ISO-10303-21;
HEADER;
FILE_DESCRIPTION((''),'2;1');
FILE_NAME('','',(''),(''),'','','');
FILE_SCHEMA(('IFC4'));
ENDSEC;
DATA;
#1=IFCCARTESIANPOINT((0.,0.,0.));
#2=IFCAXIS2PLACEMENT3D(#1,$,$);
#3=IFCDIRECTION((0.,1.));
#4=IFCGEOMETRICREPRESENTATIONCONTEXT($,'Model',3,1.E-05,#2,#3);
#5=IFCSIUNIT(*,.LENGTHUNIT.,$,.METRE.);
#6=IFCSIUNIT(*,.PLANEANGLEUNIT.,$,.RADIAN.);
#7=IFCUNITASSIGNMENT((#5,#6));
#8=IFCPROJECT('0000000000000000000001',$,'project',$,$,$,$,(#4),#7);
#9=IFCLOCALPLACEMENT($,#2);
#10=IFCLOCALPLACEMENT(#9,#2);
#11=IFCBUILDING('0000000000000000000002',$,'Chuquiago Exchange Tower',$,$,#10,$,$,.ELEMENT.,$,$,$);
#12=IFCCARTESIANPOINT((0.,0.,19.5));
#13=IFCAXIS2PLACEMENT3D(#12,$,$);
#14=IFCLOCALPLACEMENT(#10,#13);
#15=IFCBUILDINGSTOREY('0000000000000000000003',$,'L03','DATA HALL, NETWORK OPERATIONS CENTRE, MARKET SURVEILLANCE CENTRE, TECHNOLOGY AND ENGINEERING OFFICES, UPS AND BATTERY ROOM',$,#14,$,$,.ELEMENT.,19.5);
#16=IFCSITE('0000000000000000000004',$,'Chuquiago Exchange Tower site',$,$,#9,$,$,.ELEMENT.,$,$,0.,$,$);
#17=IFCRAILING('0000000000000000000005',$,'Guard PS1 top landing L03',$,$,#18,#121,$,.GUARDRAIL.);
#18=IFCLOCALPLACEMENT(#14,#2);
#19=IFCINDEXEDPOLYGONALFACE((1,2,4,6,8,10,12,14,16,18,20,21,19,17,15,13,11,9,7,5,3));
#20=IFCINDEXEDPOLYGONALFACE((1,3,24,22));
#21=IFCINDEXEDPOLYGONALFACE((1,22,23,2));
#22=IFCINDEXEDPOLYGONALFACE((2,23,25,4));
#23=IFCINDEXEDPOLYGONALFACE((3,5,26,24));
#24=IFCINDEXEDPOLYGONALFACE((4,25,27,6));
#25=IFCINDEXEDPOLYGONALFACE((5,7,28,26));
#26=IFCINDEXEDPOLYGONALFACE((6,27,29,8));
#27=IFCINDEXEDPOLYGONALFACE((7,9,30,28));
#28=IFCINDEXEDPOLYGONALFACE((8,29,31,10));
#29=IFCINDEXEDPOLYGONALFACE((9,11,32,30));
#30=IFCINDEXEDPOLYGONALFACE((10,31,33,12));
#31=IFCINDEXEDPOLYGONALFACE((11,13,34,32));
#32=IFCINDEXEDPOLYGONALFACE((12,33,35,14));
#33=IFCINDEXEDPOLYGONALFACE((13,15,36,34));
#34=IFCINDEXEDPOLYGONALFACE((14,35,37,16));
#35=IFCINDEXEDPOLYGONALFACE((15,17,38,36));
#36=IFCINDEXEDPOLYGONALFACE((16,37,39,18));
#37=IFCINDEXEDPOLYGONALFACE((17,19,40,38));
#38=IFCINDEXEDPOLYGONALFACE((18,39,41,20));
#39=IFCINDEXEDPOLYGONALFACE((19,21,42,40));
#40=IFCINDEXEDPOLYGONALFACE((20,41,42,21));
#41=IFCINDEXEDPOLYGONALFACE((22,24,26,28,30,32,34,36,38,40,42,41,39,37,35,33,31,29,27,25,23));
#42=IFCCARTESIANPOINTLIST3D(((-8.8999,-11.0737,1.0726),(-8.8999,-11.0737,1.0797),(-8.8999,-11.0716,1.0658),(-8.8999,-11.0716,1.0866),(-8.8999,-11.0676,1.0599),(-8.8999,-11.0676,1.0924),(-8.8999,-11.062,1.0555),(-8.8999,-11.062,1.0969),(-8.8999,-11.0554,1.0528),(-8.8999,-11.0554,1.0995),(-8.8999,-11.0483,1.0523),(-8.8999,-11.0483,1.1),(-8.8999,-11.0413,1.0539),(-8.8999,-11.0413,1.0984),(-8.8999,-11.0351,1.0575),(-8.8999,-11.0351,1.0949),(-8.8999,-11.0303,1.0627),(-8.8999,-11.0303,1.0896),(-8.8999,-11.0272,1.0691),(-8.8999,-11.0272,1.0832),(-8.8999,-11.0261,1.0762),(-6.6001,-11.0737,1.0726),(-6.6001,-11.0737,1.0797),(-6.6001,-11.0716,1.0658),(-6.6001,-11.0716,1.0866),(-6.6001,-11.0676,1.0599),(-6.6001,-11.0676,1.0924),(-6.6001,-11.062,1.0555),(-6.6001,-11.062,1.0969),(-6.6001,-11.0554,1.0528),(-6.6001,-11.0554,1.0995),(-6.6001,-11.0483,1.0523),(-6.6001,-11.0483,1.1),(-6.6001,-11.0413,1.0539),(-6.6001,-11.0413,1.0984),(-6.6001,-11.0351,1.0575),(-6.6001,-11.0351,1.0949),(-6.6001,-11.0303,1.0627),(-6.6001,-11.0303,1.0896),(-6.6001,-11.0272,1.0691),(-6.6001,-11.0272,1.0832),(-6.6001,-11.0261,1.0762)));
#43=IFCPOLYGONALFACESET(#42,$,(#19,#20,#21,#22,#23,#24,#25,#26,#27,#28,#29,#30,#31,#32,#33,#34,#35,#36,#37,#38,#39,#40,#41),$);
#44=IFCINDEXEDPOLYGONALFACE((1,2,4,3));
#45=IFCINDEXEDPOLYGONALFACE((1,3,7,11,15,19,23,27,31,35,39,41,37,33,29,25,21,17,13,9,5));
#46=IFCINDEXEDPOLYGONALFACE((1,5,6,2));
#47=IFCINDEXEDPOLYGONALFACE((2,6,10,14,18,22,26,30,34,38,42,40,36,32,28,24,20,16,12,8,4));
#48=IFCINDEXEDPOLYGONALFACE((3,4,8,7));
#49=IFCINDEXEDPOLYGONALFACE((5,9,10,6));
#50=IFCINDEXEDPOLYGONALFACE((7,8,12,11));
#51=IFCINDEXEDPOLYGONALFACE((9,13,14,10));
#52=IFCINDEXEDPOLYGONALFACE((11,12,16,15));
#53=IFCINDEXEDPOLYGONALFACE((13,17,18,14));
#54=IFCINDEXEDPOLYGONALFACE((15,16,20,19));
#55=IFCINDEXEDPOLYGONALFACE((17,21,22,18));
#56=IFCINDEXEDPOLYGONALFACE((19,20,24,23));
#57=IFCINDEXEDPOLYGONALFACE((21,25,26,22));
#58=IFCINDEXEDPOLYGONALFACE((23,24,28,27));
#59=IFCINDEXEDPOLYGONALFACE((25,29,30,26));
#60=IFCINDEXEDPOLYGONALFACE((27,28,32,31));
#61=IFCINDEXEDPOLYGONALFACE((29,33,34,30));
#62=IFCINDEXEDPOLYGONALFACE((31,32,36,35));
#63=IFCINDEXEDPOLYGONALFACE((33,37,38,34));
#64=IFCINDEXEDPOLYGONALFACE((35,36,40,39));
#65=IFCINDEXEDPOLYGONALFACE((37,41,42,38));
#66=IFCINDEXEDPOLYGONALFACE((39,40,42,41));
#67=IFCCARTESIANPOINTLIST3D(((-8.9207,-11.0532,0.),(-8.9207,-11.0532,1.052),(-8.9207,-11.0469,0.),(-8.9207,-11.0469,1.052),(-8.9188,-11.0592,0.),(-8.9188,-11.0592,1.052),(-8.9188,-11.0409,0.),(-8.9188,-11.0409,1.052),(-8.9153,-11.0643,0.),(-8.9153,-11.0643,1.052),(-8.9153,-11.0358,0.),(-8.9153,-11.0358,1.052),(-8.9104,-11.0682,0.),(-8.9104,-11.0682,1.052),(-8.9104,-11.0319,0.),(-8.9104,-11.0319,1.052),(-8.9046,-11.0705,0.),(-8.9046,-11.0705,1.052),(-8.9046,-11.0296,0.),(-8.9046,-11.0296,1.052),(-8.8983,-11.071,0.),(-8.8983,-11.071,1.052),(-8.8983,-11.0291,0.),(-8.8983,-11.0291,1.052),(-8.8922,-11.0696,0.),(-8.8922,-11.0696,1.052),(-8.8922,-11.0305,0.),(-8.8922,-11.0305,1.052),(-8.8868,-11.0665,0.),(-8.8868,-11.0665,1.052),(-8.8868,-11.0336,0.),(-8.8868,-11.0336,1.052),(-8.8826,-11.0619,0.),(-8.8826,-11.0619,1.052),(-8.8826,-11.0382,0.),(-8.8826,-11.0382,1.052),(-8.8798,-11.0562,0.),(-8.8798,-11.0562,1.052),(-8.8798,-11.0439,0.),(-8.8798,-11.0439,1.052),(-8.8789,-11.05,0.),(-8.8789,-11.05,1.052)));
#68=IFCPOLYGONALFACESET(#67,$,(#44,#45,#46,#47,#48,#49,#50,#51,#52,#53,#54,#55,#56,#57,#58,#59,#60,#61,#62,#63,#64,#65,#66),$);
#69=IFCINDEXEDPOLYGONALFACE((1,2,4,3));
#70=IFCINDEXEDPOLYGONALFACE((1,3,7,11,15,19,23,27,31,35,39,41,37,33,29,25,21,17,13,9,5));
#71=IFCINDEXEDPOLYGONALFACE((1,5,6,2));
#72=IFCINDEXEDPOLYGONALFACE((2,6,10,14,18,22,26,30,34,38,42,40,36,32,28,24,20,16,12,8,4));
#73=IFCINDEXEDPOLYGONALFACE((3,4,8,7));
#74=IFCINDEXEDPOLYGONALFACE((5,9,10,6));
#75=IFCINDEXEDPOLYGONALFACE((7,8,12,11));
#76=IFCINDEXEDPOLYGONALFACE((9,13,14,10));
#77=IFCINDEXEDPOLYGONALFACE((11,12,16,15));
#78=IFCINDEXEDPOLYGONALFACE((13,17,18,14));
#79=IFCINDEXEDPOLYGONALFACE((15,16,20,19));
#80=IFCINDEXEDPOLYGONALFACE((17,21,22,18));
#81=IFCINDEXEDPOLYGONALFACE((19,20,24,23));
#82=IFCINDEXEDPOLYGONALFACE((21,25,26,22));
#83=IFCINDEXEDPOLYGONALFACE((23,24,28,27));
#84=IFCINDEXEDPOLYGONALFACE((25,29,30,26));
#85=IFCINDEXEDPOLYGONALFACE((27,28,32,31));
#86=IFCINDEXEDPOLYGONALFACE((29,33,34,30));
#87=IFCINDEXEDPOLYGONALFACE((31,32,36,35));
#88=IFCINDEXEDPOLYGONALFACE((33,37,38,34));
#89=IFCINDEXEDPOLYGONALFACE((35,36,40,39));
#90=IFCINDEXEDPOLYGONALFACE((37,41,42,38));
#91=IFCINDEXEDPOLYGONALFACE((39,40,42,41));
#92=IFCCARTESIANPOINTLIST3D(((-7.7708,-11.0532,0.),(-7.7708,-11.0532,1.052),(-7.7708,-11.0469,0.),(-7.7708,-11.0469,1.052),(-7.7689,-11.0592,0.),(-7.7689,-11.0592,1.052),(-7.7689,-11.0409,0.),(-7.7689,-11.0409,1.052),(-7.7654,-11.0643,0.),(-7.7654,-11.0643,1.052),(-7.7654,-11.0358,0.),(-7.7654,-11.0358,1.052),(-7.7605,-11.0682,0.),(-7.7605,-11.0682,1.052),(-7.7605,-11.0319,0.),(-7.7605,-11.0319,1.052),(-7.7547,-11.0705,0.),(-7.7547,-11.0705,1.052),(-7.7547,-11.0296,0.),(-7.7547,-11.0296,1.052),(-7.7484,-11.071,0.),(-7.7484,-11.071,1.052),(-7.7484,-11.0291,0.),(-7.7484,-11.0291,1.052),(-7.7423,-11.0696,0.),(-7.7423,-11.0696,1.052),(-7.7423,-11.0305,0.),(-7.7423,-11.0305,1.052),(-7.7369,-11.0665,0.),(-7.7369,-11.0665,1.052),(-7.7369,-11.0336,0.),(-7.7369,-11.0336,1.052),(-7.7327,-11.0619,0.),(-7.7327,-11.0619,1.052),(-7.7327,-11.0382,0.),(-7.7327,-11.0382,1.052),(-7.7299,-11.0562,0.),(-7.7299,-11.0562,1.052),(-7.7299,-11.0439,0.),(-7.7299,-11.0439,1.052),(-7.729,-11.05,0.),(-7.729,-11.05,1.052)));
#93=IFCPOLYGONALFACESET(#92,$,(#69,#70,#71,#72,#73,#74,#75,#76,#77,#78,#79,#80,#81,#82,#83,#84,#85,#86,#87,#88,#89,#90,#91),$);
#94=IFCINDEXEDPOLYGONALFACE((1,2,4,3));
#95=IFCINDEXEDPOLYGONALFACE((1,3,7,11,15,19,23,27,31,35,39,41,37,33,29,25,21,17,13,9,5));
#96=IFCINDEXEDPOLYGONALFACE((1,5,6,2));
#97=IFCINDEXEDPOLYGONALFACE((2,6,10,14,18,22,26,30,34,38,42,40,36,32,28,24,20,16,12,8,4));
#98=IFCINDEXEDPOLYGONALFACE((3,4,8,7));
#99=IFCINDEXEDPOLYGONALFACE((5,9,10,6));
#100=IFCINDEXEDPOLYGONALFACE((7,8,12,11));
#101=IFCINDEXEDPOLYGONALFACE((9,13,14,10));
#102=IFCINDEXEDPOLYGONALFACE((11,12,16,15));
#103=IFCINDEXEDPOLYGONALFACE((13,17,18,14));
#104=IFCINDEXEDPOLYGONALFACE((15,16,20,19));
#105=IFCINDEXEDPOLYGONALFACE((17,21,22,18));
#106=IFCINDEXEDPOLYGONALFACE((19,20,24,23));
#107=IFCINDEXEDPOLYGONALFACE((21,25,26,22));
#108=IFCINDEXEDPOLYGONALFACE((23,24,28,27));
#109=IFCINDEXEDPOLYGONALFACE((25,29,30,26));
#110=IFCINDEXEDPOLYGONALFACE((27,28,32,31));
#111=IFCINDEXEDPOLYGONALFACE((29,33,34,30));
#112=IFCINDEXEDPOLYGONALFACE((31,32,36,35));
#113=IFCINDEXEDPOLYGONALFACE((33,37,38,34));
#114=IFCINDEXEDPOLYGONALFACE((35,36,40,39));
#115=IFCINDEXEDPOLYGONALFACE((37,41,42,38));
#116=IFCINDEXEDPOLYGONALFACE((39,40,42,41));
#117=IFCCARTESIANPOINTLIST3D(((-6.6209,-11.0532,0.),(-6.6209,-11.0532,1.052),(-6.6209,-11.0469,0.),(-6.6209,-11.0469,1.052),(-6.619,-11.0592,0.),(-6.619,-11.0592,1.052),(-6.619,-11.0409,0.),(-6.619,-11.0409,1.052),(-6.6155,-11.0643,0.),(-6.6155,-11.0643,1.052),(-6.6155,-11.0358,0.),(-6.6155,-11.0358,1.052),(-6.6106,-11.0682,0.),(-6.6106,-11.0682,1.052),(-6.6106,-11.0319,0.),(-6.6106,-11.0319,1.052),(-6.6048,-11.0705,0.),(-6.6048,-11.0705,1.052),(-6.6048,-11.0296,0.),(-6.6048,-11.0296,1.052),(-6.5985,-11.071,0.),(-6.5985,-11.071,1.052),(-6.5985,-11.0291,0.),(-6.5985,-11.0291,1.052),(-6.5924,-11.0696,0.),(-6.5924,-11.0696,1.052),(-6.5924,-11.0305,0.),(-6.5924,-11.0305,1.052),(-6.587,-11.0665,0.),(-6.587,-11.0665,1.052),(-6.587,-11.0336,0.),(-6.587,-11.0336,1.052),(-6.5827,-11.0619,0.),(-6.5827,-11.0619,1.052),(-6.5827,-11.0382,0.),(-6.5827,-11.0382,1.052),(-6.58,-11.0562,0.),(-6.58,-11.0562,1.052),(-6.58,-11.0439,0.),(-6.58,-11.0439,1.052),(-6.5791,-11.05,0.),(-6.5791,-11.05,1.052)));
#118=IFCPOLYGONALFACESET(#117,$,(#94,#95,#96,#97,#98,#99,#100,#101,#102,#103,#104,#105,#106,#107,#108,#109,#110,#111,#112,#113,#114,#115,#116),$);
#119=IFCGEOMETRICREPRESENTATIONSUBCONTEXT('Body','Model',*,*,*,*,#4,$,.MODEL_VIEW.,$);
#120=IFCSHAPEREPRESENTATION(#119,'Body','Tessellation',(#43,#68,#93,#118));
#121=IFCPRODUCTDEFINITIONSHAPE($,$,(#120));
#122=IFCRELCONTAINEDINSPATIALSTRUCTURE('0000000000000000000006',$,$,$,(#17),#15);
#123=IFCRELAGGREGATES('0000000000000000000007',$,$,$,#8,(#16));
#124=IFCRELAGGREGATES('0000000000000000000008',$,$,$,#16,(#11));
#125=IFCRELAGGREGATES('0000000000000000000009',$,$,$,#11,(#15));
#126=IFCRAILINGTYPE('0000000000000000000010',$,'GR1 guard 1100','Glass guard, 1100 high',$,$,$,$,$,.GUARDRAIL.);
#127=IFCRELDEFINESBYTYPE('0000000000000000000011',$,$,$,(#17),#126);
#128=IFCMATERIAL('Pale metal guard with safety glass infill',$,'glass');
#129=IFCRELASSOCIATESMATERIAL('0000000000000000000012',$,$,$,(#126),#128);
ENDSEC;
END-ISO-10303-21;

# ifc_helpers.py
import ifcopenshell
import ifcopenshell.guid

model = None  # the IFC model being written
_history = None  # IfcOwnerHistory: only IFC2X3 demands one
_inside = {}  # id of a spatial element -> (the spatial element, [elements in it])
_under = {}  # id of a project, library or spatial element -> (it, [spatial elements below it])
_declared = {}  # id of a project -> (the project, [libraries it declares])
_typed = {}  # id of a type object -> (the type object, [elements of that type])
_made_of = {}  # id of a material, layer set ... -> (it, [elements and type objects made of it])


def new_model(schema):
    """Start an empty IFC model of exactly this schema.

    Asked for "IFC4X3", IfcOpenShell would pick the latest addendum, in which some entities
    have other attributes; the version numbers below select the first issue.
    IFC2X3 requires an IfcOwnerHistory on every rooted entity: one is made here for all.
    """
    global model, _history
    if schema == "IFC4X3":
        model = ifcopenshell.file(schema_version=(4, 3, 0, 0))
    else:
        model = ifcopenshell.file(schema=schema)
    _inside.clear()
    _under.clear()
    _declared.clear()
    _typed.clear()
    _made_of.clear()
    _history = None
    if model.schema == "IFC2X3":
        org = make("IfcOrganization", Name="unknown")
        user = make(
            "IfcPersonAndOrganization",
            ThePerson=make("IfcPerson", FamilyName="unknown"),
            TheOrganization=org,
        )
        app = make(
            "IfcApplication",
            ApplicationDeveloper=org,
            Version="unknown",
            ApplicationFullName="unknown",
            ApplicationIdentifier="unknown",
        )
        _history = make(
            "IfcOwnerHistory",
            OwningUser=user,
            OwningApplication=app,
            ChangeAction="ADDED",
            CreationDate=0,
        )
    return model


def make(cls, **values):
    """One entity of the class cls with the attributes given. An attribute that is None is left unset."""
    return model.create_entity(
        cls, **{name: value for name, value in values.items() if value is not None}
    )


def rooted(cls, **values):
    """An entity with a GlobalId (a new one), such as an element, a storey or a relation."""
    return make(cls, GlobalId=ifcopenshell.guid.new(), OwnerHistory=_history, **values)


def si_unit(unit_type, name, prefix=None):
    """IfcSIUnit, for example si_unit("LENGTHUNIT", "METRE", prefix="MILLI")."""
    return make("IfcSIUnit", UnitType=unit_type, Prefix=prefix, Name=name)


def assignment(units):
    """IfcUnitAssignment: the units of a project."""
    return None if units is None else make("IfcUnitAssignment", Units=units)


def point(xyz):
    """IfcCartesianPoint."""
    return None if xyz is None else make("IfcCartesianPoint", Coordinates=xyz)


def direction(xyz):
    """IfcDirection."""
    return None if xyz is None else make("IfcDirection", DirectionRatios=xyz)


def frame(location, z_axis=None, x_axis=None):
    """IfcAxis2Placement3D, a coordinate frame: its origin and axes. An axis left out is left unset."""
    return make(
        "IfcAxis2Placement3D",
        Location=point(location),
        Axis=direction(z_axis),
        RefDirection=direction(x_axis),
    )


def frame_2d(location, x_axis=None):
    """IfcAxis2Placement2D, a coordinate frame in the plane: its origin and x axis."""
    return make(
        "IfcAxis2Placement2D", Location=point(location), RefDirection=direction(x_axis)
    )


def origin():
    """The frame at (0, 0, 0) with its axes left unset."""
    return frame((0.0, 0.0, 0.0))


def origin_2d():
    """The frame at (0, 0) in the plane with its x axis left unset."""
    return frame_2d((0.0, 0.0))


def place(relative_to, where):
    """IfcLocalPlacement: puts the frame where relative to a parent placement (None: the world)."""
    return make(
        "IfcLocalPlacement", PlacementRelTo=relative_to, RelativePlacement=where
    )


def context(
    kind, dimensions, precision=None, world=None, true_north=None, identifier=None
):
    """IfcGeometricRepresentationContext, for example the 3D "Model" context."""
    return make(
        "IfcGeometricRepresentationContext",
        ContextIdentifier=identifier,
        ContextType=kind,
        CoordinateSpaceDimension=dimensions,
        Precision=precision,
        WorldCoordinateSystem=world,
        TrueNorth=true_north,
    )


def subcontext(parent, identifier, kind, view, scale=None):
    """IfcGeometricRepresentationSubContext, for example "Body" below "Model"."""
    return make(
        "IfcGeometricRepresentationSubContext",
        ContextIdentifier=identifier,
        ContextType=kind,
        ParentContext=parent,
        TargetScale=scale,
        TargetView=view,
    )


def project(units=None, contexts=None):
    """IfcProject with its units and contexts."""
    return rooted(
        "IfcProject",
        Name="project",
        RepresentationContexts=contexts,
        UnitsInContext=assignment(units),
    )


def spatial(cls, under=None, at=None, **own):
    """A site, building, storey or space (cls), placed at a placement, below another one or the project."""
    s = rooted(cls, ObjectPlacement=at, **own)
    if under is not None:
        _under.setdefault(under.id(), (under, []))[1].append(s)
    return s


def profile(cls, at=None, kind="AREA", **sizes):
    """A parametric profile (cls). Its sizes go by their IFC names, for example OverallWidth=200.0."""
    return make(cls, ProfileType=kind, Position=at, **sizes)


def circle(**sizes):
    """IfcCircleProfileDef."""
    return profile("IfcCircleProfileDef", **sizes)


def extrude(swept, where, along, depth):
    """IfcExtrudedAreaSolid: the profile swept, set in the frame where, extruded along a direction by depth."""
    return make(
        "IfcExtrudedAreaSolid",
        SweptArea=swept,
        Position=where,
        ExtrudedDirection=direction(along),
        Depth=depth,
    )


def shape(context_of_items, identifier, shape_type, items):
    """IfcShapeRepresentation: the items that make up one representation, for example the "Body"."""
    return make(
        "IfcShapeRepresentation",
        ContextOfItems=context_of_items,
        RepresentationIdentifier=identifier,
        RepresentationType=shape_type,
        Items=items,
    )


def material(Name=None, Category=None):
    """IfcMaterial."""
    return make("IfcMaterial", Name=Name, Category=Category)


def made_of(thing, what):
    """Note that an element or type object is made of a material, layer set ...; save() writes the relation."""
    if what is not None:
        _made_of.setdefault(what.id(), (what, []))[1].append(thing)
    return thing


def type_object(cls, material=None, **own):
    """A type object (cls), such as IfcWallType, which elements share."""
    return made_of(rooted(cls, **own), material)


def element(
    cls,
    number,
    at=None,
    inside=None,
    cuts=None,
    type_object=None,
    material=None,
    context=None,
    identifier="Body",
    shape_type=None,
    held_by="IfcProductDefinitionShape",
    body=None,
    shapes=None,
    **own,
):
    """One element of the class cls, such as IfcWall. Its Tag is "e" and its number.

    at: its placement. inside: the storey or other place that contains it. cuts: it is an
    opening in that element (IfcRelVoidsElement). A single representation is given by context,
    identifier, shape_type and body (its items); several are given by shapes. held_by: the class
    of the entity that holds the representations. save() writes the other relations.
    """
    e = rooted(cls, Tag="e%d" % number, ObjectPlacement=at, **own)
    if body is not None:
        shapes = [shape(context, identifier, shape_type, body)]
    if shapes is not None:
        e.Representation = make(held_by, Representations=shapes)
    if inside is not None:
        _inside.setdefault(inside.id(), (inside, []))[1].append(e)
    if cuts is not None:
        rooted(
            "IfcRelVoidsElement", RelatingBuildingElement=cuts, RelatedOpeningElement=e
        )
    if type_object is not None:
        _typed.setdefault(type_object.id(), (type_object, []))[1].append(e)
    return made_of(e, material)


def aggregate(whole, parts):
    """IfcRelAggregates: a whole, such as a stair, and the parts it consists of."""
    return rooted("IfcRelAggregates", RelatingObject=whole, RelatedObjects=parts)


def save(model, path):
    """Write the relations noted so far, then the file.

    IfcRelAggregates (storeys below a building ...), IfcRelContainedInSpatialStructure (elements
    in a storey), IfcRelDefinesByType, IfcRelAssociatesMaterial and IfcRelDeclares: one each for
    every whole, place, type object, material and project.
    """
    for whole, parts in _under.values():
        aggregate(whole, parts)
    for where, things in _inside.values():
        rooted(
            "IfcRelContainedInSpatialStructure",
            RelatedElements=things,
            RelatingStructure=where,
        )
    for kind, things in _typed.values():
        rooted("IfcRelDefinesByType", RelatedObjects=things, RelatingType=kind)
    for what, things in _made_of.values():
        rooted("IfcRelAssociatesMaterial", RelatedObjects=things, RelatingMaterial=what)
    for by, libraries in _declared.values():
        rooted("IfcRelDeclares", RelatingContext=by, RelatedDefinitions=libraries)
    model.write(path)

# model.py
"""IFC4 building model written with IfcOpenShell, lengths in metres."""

from ifc_helpers import new_model, si_unit, direction, frame, origin, origin_2d, place, context, subcontext, project, spatial, circle, extrude, material, type_object, element, save


model = new_model("IFC4")

# Units and contexts
model_context = context("Model", 3, precision=1e-05, world=origin(), true_north=direction((0.0, 1.0)))
body_context = subcontext(model_context, "Body", "Model", "MODEL_VIEW")
ifc_project = project(units=[si_unit("LENGTHUNIT", "METRE"), si_unit("PLANEANGLEUNIT", "RADIAN")], contexts=[model_context])

# Site, building, storey
site_placement = place(None, origin())
site = spatial("IfcSite", under=ifc_project, at=site_placement, Name="Chuquiago Exchange Tower site", CompositionType="ELEMENT", RefElevation=0.0)
building_placement = place(site_placement, origin())
building = spatial("IfcBuilding", under=site, at=building_placement, Name="Chuquiago Exchange Tower", CompositionType="ELEMENT")
storey_placement = place(building_placement, frame((0.0, 0.0, 19.5)))
storey = spatial("IfcBuildingStorey", under=building, at=storey_placement, Name="L03", Description="DATA HALL, NETWORK OPERATIONS CENTRE, MARKET SURVEILLANCE CENTRE, TECHNOLOGY AND ENGINEERING OFFICES, UPS AND BATTERY ROOM", CompositionType="ELEMENT", Elevation=19.5)

# Railing
ifc_material_1 = material(Name="Pale metal guard with safety glass infill", Category="glass")
railing_type = type_object("IfcRailingType", Name="GR1 guard 1100", Description="Glass guard, 1100 high", PredefinedType="GUARDRAIL", material=ifc_material_1)
railing_placement = place(storey_placement, frame((-8.8999, -11.05, 0.0)))
element("IfcRailing", 1, at=railing_placement, inside=storey, type_object=railing_type, Name="Guard PS1 top landing L03", PredefinedType="GUARDRAIL", context=body_context, shape_type="SweptSolid", body=[
    extrude(circle(Radius=0.0239, at=origin_2d()), frame((0.0, 0.0, 1.0762), z_axis=(1.0, 0.0, 0.0), x_axis=(0.0, 1.0, 0.0)), (0.0, 0.0, 1.0), 2.2998),
    extrude(circle(Radius=0.021, at=origin_2d()), origin(), (0.0, 0.0, 1.0), 1.052),
    extrude(circle(Radius=0.021, at=origin_2d()), frame((1.1499, 0.0, 0.0)), (0.0, 0.0, 1.0), 1.052),
    extrude(circle(Radius=0.021, at=origin_2d()), frame((2.2998, 0.0, 0.0)), (0.0, 0.0, 1.0), 1.052),
])

save(model, "model.ifc")
